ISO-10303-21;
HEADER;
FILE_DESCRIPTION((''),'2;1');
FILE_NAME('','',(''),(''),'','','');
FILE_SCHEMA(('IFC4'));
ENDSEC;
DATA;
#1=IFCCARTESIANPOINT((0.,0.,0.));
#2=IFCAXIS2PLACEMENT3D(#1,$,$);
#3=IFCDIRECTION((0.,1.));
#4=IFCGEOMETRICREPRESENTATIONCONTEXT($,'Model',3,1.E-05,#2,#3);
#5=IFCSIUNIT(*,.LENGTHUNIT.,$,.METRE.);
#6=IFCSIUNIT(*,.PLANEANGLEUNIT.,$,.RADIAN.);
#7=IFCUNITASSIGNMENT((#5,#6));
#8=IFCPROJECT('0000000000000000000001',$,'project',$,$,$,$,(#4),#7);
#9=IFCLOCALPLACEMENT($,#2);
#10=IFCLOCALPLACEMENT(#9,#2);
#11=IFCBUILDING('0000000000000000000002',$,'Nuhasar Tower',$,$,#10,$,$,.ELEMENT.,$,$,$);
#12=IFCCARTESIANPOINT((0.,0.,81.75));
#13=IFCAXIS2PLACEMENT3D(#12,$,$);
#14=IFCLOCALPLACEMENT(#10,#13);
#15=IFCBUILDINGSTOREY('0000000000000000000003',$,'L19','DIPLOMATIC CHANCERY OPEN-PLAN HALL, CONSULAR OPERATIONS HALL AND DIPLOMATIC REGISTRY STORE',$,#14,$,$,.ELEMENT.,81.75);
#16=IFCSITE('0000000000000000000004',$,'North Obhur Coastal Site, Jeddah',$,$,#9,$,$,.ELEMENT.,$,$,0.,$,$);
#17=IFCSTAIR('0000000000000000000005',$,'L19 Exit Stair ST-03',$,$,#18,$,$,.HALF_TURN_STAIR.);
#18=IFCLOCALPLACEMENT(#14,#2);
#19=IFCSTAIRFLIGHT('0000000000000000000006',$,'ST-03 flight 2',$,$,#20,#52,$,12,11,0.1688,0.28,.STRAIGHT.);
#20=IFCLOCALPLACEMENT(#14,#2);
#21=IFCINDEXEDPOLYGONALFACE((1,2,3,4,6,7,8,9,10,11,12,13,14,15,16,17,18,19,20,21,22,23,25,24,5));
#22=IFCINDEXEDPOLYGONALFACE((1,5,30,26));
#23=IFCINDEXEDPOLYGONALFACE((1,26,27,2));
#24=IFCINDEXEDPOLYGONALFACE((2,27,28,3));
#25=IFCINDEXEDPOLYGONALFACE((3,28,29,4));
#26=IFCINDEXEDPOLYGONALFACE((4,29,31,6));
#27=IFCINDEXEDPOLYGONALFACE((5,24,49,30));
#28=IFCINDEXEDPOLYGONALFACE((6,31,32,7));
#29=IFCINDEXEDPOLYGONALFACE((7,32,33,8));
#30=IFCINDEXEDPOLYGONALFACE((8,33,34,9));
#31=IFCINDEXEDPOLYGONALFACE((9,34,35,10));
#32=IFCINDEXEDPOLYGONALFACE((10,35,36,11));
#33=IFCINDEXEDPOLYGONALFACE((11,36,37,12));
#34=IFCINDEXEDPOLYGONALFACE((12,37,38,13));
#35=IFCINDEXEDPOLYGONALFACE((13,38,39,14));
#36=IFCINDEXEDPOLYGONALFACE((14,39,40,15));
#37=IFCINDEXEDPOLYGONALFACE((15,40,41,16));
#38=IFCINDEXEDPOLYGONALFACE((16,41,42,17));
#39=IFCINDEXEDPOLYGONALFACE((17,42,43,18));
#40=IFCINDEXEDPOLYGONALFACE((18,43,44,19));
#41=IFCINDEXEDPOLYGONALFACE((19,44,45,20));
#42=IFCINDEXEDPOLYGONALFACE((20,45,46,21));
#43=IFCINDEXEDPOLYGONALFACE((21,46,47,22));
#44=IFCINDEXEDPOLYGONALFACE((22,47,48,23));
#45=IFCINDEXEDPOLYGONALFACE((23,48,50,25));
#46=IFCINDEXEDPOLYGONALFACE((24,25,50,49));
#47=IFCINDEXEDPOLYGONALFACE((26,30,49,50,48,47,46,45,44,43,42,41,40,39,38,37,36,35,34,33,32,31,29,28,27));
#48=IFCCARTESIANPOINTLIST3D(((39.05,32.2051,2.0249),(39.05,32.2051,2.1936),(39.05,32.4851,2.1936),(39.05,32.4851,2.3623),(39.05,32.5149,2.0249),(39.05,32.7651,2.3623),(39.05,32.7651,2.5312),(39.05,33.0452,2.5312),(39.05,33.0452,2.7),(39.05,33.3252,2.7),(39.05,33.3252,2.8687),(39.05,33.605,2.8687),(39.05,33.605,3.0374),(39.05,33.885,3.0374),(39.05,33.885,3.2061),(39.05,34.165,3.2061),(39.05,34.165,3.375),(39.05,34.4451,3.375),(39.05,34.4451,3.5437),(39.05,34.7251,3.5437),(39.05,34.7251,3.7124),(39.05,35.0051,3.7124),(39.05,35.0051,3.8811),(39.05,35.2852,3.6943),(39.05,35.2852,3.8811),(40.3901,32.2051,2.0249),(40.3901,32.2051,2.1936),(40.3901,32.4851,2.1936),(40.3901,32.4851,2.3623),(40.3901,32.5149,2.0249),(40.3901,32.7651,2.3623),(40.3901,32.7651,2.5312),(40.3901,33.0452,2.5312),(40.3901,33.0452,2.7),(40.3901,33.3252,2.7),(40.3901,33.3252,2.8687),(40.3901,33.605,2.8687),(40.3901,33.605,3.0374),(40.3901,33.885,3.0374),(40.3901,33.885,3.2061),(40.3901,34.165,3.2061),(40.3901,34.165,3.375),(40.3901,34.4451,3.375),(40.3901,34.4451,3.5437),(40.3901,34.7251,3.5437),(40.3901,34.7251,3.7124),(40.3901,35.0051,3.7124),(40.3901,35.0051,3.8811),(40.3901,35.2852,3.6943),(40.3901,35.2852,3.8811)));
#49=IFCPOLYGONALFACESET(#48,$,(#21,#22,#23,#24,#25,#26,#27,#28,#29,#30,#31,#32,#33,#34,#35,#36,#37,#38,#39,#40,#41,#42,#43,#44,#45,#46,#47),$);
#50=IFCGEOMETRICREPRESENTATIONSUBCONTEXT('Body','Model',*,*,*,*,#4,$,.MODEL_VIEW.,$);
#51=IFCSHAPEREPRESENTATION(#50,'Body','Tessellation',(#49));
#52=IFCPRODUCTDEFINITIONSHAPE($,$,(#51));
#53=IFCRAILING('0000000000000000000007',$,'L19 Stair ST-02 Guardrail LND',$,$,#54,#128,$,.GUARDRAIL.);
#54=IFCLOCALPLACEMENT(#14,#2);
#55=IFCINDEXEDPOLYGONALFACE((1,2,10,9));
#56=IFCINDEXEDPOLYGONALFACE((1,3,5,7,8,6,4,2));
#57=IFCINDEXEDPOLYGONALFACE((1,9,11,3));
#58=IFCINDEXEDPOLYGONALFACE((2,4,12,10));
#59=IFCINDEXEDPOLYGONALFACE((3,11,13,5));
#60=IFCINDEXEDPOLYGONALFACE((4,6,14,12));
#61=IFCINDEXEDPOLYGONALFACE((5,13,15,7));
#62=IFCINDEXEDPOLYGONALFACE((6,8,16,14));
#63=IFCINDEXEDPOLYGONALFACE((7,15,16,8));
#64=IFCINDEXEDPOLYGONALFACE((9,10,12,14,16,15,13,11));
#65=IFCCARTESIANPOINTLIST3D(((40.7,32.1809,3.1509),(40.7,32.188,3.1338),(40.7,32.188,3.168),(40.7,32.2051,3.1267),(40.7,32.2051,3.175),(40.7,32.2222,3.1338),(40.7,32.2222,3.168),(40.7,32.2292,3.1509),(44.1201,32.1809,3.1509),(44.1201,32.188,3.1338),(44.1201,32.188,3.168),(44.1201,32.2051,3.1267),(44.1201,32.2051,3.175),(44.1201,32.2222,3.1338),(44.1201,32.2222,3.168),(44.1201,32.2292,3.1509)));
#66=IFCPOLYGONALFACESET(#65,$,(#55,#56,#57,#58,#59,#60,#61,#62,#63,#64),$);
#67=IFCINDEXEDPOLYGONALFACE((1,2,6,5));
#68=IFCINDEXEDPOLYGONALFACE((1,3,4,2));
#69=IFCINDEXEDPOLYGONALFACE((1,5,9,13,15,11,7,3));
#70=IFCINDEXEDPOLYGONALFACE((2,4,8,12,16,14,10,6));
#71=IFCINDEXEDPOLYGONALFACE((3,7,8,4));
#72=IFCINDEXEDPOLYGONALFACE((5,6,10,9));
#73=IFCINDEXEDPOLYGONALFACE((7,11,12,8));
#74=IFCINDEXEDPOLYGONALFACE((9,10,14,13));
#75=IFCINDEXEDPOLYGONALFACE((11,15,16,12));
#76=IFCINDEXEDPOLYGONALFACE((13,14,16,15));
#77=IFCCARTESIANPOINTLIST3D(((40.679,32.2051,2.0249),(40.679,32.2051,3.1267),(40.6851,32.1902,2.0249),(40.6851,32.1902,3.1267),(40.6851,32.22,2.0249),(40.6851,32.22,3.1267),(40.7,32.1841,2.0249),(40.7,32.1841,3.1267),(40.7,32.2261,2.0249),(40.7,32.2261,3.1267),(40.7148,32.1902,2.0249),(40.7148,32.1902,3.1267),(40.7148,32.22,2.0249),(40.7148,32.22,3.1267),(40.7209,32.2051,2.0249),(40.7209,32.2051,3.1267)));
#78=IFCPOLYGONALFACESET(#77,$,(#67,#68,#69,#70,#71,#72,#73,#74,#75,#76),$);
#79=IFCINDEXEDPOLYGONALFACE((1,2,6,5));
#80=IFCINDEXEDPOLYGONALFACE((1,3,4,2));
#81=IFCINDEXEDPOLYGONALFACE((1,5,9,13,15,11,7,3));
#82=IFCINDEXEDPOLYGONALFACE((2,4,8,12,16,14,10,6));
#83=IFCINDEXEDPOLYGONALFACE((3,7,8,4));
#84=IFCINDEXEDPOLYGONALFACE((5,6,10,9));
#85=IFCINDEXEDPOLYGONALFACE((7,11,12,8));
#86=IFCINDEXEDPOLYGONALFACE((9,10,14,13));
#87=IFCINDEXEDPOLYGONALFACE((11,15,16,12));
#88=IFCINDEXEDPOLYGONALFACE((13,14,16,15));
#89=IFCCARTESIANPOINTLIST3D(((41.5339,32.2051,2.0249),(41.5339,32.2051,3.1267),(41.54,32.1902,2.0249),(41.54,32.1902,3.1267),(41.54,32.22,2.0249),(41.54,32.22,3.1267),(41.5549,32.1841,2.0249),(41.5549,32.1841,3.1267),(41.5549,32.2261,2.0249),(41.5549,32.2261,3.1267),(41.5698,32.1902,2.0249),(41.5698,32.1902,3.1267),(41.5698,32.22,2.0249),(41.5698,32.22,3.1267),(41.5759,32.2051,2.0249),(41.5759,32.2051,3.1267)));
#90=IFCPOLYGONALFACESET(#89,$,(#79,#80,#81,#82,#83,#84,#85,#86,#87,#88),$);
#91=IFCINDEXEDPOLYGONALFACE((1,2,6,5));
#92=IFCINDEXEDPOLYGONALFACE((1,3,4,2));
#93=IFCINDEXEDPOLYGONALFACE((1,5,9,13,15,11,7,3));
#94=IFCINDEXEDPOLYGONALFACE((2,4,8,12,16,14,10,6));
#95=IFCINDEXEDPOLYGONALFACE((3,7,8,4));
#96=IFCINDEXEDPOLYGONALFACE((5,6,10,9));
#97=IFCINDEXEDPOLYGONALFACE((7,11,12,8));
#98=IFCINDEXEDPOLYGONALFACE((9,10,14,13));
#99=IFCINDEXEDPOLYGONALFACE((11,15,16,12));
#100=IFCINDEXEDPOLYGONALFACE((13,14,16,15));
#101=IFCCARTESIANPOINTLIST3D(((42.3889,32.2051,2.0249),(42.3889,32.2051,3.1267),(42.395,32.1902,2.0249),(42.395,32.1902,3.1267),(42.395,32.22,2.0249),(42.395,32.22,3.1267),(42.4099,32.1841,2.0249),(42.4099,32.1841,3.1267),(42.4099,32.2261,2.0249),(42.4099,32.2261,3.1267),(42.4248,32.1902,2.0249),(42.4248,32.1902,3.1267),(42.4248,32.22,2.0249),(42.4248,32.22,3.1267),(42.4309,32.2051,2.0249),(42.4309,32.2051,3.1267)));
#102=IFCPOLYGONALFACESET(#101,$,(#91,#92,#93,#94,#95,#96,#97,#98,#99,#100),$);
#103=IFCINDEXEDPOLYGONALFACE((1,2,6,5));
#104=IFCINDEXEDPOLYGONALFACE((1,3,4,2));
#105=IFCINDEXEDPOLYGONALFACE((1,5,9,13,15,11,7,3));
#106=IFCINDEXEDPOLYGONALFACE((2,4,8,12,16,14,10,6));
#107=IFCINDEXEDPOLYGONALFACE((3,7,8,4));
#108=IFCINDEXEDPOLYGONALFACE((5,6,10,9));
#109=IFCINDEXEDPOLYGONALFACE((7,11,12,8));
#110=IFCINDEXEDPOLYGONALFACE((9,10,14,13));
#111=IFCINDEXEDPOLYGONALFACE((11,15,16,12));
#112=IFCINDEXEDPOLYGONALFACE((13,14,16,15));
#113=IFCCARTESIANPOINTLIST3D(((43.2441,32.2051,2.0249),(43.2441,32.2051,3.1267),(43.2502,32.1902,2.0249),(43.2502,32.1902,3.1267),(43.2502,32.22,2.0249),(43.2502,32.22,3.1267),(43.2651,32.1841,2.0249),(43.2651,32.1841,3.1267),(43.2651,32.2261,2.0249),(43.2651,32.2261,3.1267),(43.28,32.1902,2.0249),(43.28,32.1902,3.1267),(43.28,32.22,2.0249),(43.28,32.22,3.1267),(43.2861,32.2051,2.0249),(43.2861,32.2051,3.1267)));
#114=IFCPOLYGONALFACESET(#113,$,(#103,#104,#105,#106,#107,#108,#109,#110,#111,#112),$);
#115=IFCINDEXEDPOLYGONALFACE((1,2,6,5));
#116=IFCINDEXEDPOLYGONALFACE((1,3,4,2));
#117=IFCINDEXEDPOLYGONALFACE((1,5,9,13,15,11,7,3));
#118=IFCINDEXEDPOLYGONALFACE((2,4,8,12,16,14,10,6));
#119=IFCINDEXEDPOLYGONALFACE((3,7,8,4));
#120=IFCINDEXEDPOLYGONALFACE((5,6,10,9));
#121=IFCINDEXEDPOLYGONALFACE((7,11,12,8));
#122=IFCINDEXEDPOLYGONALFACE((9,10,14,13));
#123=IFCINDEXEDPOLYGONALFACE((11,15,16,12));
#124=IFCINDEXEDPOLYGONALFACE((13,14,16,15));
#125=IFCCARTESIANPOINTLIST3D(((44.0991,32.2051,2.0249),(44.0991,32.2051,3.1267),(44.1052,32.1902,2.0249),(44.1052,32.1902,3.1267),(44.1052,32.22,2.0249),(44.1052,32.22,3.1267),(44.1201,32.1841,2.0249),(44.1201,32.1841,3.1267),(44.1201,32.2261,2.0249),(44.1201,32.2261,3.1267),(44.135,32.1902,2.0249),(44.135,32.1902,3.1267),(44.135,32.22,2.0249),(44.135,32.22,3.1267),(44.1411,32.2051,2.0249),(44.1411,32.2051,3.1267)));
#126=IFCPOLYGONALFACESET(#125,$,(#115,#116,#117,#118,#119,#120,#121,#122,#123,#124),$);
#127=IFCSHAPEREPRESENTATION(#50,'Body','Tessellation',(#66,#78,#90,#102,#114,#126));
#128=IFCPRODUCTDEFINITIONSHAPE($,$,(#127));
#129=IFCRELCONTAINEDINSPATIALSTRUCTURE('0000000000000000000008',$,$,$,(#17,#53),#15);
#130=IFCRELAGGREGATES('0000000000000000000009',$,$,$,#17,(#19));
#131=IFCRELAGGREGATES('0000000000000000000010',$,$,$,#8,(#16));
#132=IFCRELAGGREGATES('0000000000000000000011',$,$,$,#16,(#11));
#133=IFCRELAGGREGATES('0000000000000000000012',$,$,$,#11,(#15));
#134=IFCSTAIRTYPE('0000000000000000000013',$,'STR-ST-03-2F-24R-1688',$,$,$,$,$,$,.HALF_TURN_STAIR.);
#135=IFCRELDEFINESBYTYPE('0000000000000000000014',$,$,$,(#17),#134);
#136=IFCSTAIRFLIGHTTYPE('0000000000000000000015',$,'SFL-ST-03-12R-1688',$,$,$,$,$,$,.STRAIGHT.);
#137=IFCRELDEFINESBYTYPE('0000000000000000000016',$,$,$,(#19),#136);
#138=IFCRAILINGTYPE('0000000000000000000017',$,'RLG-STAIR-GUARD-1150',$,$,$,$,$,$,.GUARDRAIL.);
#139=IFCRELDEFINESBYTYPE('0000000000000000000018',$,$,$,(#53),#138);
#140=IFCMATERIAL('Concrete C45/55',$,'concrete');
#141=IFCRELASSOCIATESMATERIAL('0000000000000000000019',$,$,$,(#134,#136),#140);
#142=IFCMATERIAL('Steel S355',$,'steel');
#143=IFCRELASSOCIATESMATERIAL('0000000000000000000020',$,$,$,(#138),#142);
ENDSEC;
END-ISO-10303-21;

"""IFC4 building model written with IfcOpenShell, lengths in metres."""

from ifc_helpers import new_model, si_unit, direction, frame, origin, place, context, subcontext, project, spatial, polyline, outline, extrude, material, type_object, element, aggregate, save


model = new_model("IFC4")

# Units and contexts
model_context = context("Model", 3, precision=1e-05, world=origin(), true_north=direction((0.0, 1.0)))
body_context = subcontext(model_context, "Body", "Model", "MODEL_VIEW")
ifc_project = project(units=[si_unit("LENGTHUNIT", "METRE"), si_unit("PLANEANGLEUNIT", "RADIAN")], contexts=[model_context])

# Site, building, storey
site_placement = place(None, origin())
site = spatial("IfcSite", under=ifc_project, at=site_placement, Name="North Obhur Coastal Site, Jeddah", CompositionType="ELEMENT", RefElevation=0.0)
building_placement = place(site_placement, origin())
building = spatial("IfcBuilding", under=site, at=building_placement, Name="Nuhasar Tower", CompositionType="ELEMENT")
storey_placement = place(building_placement, frame((0.0, 0.0, 81.75)))
storey = spatial("IfcBuildingStorey", under=building, at=storey_placement, Name="L19", Description="DIPLOMATIC CHANCERY OPEN-PLAN HALL, CONSULAR OPERATIONS HALL AND DIPLOMATIC REGISTRY STORE", CompositionType="ELEMENT", Elevation=81.75)

# Shared definitions
ifc_material_1 = material(Name="Concrete C45/55", Category="concrete")

# Shared definitions
ifc_material_2 = material(Name="Steel S355", Category="steel")

# Stair, stair flight
stair_type_1 = type_object("IfcStairType", Name="STR-ST-03-2F-24R-1688", PredefinedType="HALF_TURN_STAIR", material=ifc_material_1)
stair_1_placement = place(storey_placement, origin())
stair_1 = element("IfcStair", 1, at=stair_1_placement, inside=storey, type_object=stair_type_1, Name="L19 Exit Stair ST-03", PredefinedType="HALF_TURN_STAIR")
stair_flight_type_1 = type_object("IfcStairFlightType", Name="SFL-ST-03-12R-1688", PredefinedType="STRAIGHT", material=ifc_material_1)
stair_flight_1_placement = place(storey_placement, frame((39.72, 32.2051, 2.0249), z_axis=(0.0, 0.0, 1.0), x_axis=(0.0, 1.0, 0.0)))
stair_flight_1 = element("IfcStairFlight", 2, at=stair_flight_1_placement, type_object=stair_flight_type_1, Name="ST-03 flight 2", NumberOfRisers=12, NumberOfTreads=11, PredefinedType="STRAIGHT", RiserHeight=0.1688, TreadLength=0.28, context=body_context, shape_type="SweptSolid", body=[
    extrude(outline(polyline([(0.0, 0.0), (0.0, 0.1687), (0.28, 0.1687), (0.28, 0.3374), (0.5601, 0.3374), (0.5601, 0.5063), (0.8401, 0.5063), (0.8401, 0.675), (1.1201, 0.675), (1.1201, 0.8438), (1.3999, 0.8438), (1.3999, 1.0125), (1.6799, 1.0125), (1.6799, 1.1812), (1.96, 1.1812), (1.96, 1.3501), (2.24, 1.3501), (2.24, 1.5188), (2.52, 1.5188), (2.52, 1.6875), (2.8, 1.6875), (2.8, 1.8562), (3.0801, 1.8562), (3.0801, 2.0249), (3.0801, 1.6694), (0.3098, 0.0), (0.0, 0.0)])), frame((0.0, 0.6699, 0.0), z_axis=(0.0, -1.0, 0.0), x_axis=(1.0, 0.0, 0.0)), (0.0, 0.0, 1.0), 1.3401),
])
aggregate(stair_1, [stair_flight_1])

# Railing
railing_type_1 = type_object("IfcRailingType", Name="RLG-STAIR-GUARD-1150", PredefinedType="GUARDRAIL", material=ifc_material_2)
railing_1_placement = place(storey_placement, frame((40.7, 32.2051, 2.0249)))
element("IfcRailing", 3, at=railing_1_placement, inside=storey, type_object=railing_type_1, Name="L19 Stair ST-02 Guardrail LND", PredefinedType="GUARDRAIL", context=body_context, shape_type="SweptSolid", body=[
    extrude(outline(polyline([(0.0242, 0.0), (0.0171, 0.0171), (0.0, 0.0242), (-0.0171, 0.0171), (-0.0242, 0.0), (-0.0171, -0.0171), (0.0, -0.0242), (0.0171, -0.0171), (0.0242, 0.0)])), frame((0.0, 0.0, 1.126), z_axis=(1.0, 0.0, 0.0), x_axis=(0.0, 1.0, 0.0)), (0.0, 0.0, 1.0), 3.4202),
    extrude(outline(polyline([(0.021, 0.0), (0.0149, 0.0149), (0.0, 0.021), (-0.0149, 0.0149), (-0.021, 0.0), (-0.0149, -0.0149), (0.0, -0.021), (0.0149, -0.0149), (0.021, 0.0)])), origin(), (0.0, 0.0, 1.0), 1.1018),
    extrude(outline(polyline([(0.021, 0.0), (0.0149, 0.0149), (0.0, 0.021), (-0.0149, 0.0149), (-0.021, 0.0), (-0.0149, -0.0149), (0.0, -0.021), (0.0149, -0.0149), (0.021, 0.0)])), frame((0.855, 0.0, 0.0)), (0.0, 0.0, 1.0), 1.1018),
    extrude(outline(polyline([(0.021, 0.0), (0.0149, 0.0149), (0.0, 0.021), (-0.0149, 0.0149), (-0.021, 0.0), (-0.0149, -0.0149), (0.0, -0.021), (0.0149, -0.0149), (0.021, 0.0)])), frame((1.71, 0.0, 0.0)), (0.0, 0.0, 1.0), 1.1018),
    extrude(outline(polyline([(0.021, 0.0), (0.0149, 0.0149), (0.0, 0.021), (-0.0149, 0.0149), (-0.021, 0.0), (-0.0149, -0.0149), (0.0, -0.021), (0.0149, -0.0149), (0.021, 0.0)])), frame((2.5652, 0.0, 0.0)), (0.0, 0.0, 1.0), 1.1018),
    extrude(outline(polyline([(0.021, 0.0), (0.0149, 0.0149), (0.0, 0.021), (-0.0149, 0.0149), (-0.021, 0.0), (-0.0149, -0.0149), (0.0, -0.021), (0.0149, -0.0149), (0.021, 0.0)])), frame((3.4202, 0.0, 0.0)), (0.0, 0.0, 1.0), 1.1018),
])

save(model, "model.ifc")
